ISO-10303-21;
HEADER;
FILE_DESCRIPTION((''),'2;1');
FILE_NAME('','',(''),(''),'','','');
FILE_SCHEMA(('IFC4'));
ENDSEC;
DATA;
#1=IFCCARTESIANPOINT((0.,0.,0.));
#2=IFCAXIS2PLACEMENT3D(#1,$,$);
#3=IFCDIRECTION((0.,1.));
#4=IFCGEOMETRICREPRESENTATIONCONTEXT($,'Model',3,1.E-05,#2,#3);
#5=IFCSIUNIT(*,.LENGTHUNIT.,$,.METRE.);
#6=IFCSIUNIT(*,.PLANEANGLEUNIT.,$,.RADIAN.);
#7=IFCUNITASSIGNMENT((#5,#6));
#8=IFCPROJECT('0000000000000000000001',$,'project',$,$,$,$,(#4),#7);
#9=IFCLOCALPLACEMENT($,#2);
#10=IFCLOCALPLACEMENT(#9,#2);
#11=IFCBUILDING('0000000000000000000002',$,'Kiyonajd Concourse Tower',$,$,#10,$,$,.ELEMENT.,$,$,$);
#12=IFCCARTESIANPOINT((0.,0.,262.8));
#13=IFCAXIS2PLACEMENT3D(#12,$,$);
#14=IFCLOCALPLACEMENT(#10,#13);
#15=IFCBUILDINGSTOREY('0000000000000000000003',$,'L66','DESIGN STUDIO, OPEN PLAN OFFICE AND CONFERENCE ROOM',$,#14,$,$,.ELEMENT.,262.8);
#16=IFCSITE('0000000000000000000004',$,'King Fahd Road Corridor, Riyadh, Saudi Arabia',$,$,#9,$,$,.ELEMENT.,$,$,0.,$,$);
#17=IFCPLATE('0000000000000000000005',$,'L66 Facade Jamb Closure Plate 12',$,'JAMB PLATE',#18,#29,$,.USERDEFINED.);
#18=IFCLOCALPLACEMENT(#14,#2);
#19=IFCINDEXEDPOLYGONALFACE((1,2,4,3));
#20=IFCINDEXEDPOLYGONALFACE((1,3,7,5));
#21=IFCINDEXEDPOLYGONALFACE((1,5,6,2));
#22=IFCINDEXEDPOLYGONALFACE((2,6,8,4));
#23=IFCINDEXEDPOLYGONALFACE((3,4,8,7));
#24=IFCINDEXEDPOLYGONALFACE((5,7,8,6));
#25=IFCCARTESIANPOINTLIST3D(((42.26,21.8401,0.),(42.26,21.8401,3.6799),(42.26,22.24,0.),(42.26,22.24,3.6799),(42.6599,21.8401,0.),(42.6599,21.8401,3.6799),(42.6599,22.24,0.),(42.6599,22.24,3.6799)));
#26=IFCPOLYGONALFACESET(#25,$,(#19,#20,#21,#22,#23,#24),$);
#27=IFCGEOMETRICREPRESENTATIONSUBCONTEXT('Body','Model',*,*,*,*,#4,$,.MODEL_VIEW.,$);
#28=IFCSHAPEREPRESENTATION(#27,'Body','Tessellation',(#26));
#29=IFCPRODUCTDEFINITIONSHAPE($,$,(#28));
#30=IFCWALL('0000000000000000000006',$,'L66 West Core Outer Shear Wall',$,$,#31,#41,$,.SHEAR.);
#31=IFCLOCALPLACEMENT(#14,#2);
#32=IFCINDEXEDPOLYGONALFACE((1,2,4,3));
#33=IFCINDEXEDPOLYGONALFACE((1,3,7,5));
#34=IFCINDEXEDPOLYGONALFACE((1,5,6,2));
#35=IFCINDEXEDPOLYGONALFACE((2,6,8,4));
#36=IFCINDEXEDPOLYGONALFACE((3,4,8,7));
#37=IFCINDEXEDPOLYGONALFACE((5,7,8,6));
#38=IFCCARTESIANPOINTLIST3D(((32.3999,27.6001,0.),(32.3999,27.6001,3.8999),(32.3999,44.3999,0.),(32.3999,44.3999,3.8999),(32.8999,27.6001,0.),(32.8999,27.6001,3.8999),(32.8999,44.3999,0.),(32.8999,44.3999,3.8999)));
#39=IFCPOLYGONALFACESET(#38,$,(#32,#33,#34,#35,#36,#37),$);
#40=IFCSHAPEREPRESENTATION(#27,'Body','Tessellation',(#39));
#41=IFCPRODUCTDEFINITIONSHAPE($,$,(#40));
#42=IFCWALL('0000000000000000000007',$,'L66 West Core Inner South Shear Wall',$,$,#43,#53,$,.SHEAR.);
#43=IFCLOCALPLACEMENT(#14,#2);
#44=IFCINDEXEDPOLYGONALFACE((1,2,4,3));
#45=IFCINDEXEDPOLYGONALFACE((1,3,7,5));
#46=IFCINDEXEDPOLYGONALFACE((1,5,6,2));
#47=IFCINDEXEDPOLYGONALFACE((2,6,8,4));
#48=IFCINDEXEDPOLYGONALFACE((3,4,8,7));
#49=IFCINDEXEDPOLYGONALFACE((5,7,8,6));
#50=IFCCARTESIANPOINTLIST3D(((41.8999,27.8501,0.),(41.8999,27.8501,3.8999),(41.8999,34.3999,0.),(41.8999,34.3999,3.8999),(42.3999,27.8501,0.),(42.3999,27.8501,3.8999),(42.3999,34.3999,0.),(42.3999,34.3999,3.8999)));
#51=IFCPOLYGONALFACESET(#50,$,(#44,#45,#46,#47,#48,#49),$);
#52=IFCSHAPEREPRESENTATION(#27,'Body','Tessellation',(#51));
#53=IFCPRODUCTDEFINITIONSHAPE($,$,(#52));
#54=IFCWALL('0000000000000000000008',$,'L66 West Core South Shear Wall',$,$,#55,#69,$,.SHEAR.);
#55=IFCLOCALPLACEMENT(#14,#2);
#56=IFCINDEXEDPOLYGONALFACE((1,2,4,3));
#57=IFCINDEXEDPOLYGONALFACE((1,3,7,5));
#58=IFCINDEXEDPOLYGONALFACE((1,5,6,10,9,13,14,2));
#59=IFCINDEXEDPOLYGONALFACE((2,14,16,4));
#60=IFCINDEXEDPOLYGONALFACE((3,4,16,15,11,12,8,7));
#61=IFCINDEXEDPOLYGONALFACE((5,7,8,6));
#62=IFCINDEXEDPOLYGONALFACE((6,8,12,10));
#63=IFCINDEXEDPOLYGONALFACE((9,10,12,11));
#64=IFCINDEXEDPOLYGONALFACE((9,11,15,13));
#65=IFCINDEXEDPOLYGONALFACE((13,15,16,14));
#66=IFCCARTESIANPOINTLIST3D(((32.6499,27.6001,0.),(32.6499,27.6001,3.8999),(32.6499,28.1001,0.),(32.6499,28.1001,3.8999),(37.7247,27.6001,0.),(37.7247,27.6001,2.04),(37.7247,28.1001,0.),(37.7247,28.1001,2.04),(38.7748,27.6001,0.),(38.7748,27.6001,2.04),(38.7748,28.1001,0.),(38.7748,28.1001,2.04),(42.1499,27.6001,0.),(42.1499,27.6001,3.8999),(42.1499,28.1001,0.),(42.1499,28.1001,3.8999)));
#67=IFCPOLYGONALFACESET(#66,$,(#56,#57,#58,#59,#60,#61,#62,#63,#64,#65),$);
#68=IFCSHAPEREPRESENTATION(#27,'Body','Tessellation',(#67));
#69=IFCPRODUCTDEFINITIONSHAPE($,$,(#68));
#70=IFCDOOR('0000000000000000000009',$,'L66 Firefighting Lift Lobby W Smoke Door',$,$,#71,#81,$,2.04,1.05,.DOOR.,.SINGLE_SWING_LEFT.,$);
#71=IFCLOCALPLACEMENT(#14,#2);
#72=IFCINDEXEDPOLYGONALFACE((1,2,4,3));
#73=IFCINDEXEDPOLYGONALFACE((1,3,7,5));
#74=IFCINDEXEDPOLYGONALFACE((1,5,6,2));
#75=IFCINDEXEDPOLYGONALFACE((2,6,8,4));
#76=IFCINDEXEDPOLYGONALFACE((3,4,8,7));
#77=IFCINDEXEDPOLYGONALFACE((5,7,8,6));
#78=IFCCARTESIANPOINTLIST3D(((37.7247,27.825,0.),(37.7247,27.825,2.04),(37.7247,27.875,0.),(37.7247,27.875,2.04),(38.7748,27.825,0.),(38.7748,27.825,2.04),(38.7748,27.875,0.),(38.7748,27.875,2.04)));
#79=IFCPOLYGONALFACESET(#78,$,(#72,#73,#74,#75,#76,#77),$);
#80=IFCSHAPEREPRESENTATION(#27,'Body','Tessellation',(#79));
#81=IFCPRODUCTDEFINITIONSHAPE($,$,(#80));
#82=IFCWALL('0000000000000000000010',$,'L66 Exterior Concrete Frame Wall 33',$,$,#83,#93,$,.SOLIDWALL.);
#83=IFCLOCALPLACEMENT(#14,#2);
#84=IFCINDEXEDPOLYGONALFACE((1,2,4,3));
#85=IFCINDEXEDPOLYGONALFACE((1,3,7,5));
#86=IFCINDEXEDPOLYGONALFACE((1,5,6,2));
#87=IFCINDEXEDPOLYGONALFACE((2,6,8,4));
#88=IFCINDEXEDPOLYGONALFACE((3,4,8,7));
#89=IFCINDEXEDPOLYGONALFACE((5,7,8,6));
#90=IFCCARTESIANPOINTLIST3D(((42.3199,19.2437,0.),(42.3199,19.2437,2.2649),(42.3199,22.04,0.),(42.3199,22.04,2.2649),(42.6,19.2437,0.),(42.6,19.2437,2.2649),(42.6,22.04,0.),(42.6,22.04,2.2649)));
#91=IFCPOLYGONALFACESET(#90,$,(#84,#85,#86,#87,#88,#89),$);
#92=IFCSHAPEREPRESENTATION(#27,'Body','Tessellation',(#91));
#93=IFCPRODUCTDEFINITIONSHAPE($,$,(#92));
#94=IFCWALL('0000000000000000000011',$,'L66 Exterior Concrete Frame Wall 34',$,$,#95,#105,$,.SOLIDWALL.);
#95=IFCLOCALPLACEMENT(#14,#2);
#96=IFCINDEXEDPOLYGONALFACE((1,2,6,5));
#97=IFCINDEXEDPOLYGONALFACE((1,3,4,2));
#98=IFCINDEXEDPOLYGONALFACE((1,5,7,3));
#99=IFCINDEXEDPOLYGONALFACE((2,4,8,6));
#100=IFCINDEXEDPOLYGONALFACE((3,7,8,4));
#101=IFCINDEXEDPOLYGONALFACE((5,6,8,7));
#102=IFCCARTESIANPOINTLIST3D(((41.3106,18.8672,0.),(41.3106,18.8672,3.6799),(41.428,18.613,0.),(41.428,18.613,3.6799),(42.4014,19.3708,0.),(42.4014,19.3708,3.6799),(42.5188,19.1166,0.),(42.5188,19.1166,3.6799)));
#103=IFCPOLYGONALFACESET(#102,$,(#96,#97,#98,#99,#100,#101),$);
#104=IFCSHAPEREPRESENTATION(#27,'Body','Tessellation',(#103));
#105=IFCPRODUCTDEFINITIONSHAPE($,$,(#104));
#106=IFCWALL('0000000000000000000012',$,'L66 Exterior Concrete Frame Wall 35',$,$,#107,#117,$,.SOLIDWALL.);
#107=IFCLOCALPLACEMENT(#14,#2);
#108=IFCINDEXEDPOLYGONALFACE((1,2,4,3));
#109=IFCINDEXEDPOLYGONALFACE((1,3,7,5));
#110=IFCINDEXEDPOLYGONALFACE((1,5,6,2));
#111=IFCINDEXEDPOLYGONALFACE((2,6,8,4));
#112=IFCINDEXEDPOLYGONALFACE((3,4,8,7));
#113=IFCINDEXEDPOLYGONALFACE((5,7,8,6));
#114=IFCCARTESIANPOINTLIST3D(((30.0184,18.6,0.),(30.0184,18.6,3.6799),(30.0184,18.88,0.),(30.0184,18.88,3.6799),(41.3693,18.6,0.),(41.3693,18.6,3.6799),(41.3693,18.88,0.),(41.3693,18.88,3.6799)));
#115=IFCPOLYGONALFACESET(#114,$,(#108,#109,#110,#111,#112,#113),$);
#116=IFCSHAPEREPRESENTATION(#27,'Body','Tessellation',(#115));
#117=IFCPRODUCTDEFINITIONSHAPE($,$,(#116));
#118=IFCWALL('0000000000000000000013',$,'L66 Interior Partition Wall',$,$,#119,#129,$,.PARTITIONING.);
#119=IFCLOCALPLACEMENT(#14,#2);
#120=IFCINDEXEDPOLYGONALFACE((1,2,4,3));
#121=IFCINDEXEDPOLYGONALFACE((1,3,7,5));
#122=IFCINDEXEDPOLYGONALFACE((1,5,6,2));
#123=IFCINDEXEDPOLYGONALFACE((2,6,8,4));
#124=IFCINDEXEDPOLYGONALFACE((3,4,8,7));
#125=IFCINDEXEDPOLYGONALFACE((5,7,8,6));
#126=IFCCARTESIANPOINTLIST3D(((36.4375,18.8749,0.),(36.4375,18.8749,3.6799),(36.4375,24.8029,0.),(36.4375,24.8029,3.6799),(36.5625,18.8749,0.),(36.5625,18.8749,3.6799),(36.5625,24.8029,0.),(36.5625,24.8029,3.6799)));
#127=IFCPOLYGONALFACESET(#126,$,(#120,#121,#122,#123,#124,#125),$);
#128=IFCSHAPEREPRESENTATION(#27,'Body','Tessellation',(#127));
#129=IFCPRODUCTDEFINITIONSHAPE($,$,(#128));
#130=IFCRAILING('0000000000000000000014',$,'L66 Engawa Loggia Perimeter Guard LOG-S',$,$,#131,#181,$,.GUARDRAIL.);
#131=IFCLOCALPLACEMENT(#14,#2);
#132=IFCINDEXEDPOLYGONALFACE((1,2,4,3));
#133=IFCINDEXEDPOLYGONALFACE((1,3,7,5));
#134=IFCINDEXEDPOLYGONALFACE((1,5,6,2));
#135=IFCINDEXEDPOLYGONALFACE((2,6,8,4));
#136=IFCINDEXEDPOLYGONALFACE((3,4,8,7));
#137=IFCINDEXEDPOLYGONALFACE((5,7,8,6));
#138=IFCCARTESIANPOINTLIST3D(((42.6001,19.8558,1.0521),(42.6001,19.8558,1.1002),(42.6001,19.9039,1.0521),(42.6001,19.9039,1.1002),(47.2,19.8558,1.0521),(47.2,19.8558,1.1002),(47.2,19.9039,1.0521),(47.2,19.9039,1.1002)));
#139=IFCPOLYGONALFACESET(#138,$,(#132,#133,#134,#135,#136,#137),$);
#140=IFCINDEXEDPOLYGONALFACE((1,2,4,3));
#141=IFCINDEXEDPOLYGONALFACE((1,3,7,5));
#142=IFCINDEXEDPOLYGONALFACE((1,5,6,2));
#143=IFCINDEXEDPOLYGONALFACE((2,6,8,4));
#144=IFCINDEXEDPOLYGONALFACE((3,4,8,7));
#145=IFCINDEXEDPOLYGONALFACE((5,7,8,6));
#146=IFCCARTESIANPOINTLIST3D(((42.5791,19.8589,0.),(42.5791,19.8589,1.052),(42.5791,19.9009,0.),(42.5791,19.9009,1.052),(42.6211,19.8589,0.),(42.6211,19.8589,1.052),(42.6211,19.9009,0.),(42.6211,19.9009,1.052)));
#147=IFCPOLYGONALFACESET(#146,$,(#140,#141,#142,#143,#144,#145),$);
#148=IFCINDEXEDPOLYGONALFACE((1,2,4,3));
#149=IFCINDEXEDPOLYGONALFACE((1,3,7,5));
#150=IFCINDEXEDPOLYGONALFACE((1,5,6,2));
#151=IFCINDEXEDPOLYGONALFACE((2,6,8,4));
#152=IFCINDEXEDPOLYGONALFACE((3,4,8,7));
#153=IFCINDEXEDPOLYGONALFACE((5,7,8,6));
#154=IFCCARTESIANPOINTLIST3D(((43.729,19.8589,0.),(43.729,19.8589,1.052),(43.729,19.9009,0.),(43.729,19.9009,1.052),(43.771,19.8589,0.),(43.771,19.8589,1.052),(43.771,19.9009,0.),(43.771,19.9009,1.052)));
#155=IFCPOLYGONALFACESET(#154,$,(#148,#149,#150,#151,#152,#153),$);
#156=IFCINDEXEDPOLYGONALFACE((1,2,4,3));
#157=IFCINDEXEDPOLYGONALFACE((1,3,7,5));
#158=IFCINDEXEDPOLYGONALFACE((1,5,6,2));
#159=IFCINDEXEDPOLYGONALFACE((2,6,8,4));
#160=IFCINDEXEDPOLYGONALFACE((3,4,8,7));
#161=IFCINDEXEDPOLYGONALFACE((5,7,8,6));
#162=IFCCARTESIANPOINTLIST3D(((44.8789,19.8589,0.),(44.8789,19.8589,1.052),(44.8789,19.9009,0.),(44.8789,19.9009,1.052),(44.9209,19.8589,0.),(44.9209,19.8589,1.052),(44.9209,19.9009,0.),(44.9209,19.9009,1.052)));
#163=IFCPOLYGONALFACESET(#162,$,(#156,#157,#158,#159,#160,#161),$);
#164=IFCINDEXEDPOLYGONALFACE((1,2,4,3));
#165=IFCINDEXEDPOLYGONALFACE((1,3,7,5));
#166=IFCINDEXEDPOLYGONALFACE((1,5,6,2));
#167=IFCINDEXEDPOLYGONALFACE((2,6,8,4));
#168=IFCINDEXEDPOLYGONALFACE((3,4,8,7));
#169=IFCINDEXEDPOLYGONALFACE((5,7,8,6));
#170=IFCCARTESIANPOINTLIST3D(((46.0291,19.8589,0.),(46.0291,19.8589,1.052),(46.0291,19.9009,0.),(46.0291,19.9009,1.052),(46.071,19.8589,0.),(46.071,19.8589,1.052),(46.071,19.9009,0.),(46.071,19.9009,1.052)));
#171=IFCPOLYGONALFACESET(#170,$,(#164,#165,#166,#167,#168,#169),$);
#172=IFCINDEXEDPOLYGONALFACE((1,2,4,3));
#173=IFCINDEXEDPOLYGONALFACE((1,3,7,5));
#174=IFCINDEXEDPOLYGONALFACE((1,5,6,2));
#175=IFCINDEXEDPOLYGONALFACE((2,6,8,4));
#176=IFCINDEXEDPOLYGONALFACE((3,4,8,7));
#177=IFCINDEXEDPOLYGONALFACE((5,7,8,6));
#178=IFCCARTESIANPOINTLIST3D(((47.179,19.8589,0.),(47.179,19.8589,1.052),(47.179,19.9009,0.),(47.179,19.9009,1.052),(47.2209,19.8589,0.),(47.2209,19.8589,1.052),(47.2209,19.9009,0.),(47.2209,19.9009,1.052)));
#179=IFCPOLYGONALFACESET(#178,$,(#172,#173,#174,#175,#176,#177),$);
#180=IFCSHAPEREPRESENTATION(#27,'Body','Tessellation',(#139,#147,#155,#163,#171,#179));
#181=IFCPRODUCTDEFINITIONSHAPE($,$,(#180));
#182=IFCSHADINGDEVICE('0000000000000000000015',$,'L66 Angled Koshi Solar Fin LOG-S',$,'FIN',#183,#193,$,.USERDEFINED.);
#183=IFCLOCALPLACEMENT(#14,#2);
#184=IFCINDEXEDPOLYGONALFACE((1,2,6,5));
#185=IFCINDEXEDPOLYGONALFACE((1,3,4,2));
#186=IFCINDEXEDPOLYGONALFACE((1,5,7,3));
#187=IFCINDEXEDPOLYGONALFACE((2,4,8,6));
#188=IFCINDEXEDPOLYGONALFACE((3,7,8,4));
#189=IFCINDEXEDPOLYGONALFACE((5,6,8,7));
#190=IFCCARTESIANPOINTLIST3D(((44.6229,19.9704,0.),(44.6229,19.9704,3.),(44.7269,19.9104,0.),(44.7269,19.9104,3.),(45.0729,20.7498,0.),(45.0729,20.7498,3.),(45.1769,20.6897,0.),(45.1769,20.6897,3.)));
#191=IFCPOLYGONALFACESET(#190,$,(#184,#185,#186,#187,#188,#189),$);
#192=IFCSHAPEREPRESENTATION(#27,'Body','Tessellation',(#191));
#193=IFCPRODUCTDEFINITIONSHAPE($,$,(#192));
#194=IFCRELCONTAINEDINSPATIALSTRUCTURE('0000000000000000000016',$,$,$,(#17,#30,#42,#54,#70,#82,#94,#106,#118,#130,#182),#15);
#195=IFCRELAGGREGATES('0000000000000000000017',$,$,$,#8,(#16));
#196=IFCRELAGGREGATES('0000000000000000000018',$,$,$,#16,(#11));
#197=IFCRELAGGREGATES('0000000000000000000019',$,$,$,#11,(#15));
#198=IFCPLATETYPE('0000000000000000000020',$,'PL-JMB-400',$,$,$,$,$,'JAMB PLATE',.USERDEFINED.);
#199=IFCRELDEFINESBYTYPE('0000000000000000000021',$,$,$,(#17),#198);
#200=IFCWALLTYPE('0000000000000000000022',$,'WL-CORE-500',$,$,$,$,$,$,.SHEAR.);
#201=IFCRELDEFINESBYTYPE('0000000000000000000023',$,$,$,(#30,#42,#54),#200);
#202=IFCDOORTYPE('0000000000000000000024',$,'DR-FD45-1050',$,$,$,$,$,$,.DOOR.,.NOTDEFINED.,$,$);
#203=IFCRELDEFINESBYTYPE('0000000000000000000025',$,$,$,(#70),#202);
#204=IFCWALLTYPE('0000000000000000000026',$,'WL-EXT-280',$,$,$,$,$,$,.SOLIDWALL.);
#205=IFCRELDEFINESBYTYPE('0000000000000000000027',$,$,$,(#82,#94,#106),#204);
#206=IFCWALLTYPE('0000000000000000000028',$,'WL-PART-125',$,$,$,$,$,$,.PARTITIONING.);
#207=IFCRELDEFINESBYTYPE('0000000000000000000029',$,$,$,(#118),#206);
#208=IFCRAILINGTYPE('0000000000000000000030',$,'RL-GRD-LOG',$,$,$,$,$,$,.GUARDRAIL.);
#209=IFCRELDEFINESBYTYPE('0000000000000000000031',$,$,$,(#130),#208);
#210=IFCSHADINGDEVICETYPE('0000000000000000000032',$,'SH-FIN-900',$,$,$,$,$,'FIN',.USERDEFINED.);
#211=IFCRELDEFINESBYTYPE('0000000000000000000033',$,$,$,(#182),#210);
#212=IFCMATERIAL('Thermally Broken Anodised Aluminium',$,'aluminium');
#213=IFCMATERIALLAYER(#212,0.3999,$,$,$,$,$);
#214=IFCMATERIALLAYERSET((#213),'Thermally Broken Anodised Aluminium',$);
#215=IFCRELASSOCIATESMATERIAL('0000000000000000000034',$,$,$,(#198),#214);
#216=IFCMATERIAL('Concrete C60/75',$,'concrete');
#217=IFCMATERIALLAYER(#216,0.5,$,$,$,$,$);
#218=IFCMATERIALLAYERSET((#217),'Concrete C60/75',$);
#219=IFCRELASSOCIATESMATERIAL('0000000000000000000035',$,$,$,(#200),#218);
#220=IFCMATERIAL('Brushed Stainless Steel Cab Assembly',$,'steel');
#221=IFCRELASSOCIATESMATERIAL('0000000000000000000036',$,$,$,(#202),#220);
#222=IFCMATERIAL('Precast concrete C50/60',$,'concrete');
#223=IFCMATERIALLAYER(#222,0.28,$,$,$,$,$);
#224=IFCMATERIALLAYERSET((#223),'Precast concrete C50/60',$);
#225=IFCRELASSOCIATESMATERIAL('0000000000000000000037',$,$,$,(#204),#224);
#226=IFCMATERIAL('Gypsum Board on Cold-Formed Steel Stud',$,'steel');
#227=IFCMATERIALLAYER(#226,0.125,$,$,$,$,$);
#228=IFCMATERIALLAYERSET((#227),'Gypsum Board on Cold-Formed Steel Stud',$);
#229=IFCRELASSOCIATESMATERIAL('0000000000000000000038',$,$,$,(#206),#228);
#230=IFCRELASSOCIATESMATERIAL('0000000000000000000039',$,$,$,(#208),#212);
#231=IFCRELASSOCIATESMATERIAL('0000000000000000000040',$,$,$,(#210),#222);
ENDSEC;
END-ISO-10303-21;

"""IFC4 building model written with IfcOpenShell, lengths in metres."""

from ifc_helpers import new_model, si_unit, direction, frame, frame_2d, origin, origin_2d, place, context, subcontext, project, spatial, rectangle, extrude, material, layer, layer_set, type_object, element, fill, save


model = new_model("IFC4")

# Units and contexts
model_context = context("Model", 3, precision=1e-05, world=origin(), true_north=direction((0.0, 1.0)))
body_context = subcontext(model_context, "Body", "Model", "MODEL_VIEW")
ifc_project = project(units=[si_unit("LENGTHUNIT", "METRE"), si_unit("PLANEANGLEUNIT", "RADIAN")], contexts=[model_context])

# Site, building, storey
site_placement = place(None, origin())
site = spatial("IfcSite", under=ifc_project, at=site_placement, Name="King Fahd Road Corridor, Riyadh, Saudi Arabia", CompositionType="ELEMENT", RefElevation=0.0)
building_placement = place(site_placement, origin())
building = spatial("IfcBuilding", under=site, at=building_placement, Name="Kiyonajd Concourse Tower", CompositionType="ELEMENT")
storey_placement = place(building_placement, frame((0.0, 0.0, 262.8)))
storey = spatial("IfcBuildingStorey", under=building, at=storey_placement, Name="L66", Description="DESIGN STUDIO, OPEN PLAN OFFICE AND CONFERENCE ROOM", CompositionType="ELEMENT", Elevation=262.8)

# Shared definitions
ifc_material_1 = material(Name="Concrete C60/75", Category="concrete")

# Plate
ifc_material_2 = material(Name="Thermally Broken Anodised Aluminium", Category="aluminium")
ifc_layer_1 = layer(ifc_material_2, 0.3999)
ifc_layer_set_1 = layer_set([ifc_layer_1], Name="Thermally Broken Anodised Aluminium")
plate_type_1 = type_object("IfcPlateType", Name="PL-JMB-400", ElementType="JAMB PLATE", PredefinedType="USERDEFINED", material=ifc_layer_set_1)
plate_1_placement = place(storey_placement, frame((42.46, 22.04, 0.0), z_axis=(0.0, 0.0, 1.0), x_axis=(1.0, 0.0, 0.0)))
element("IfcPlate", 1, at=plate_1_placement, inside=storey, type_object=plate_type_1, Name="L66 Facade Jamb Closure Plate 12", ObjectType="JAMB PLATE", PredefinedType="USERDEFINED", context=body_context, shape_type="SweptSolid", body=[
    extrude(rectangle(XDim=0.3999, YDim=0.3999, at=origin_2d()), origin(), (0.0, 0.0, 1.0), 3.6799),
])

# Walls
ifc_layer_2 = layer(ifc_material_1, 0.5)
ifc_layer_set_2 = layer_set([ifc_layer_2], Name="Concrete C60/75")
wall_type_1 = type_object("IfcWallType", Name="WL-CORE-500", PredefinedType="SHEAR", material=ifc_layer_set_2)
wall_1_placement = place(storey_placement, frame((32.6499, 27.6001, 0.0), z_axis=(0.0, 0.0, 1.0), x_axis=(0.0, 1.0, 0.0)))
element("IfcWall", 2, at=wall_1_placement, inside=storey, type_object=wall_type_1, Name="L66 West Core Outer Shear Wall", PredefinedType="SHEAR", context=body_context, shape_type="SweptSolid", body=[
    extrude(rectangle(XDim=16.7998, YDim=0.5, at=frame_2d((8.3999, 0.0))), origin(), (0.0, 0.0, 1.0), 3.8999),
])
wall_2_placement = place(storey_placement, frame((42.1499, 27.8501, 0.0), z_axis=(0.0, 0.0, 1.0), x_axis=(0.0, 1.0, 0.0)))
element("IfcWall", 3, at=wall_2_placement, inside=storey, type_object=wall_type_1, Name="L66 West Core Inner South Shear Wall", PredefinedType="SHEAR", context=body_context, shape_type="SweptSolid", body=[
    extrude(rectangle(XDim=6.5498, YDim=0.5, at=frame_2d((3.2749, 0.0))), origin(), (0.0, 0.0, 1.0), 3.8999),
])

# Wall, opening, door
wall_3_placement = place(storey_placement, frame((32.6499, 27.8501, 0.0), z_axis=(0.0, 0.0, 1.0), x_axis=(1.0, 0.0, 0.0)))
wall_3 = element("IfcWall", 4, at=wall_3_placement, inside=storey, type_object=wall_type_1, Name="L66 West Core South Shear Wall", PredefinedType="SHEAR", context=body_context, shape_type="SweptSolid", body=[
    extrude(rectangle(XDim=9.5, YDim=0.5, at=frame_2d((4.75, 0.0))), origin(), (0.0, 0.0, 1.0), 3.8999),
])
opening_placement = place(wall_3_placement, frame((5.075, 0.0, 0.0)))
opening = element("IfcOpeningElement", 5, at=opening_placement, cuts=wall_3, PredefinedType="OPENING", context=body_context, shape_type="SweptSolid", body=[
    extrude(rectangle(XDim=1.05, YDim=2.04, at=frame_2d((0.5249, 1.02))), frame((0.0, 0.26, 0.0), z_axis=(0.0, -1.0, 0.0), x_axis=(1.0, 0.0, 0.0)), (0.0, 0.0, 1.0), 0.52),
])
ifc_material_3 = material(Name="Brushed Stainless Steel Cab Assembly", Category="steel")
door_type = type_object("IfcDoorType", Name="DR-FD45-1050", OperationType="NOTDEFINED", PredefinedType="DOOR", material=ifc_material_3)
door_placement = place(opening_placement, origin())
door = element("IfcDoor", 6, at=door_placement, inside=storey, type_object=door_type, Name="L66 Firefighting Lift Lobby W Smoke Door", OperationType="SINGLE_SWING_LEFT", OverallHeight=2.04, OverallWidth=1.05, PredefinedType="DOOR", context=body_context, shape_type="SweptSolid", body=[
    extrude(rectangle(XDim=1.05, YDim=2.04, at=frame_2d((0.5249, 1.02))), frame((0.0, 0.0249, 0.0), z_axis=(0.0, -1.0, 0.0), x_axis=(1.0, 0.0, 0.0)), (0.0, 0.0, 1.0), 0.05),
])
fill(opening, door)

# Walls
ifc_material_4 = material(Name="Precast concrete C50/60", Category="concrete")
ifc_layer_3 = layer(ifc_material_4, 0.28)
ifc_layer_set_3 = layer_set([ifc_layer_3], Name="Precast concrete C50/60")
wall_type_2 = type_object("IfcWallType", Name="WL-EXT-280", PredefinedType="SOLIDWALL", material=ifc_layer_set_3)
wall_4_placement = place(storey_placement, frame((42.46, 22.04, 0.0), z_axis=(0.0, 0.0, 1.0), x_axis=(0.0, -1.0, 0.0)))
element("IfcWall", 7, at=wall_4_placement, inside=storey, type_object=wall_type_2, Name="L66 Exterior Concrete Frame Wall 33", PredefinedType="SOLIDWALL", context=body_context, shape_type="SweptSolid", body=[
    extrude(rectangle(XDim=2.7964, YDim=0.28, at=frame_2d((1.3982, 0.0))), origin(), (0.0, 0.0, 1.0), 2.2649),
])
wall_5_placement = place(storey_placement, frame((42.46, 19.2437, 0.0), z_axis=(0.0, 0.0, 1.0), x_axis=(-0.907894, -0.4192, 0.0)))
element("IfcWall", 8, at=wall_5_placement, inside=storey, type_object=wall_type_2, Name="L66 Exterior Concrete Frame Wall 34", PredefinedType="SOLIDWALL", context=body_context, shape_type="SweptSolid", body=[
    extrude(rectangle(XDim=1.2014, YDim=0.28, at=frame_2d((0.6006, 0.0))), origin(), (0.0, 0.0, 1.0), 3.6799),
])
wall_6_placement = place(storey_placement, frame((41.3691, 18.74, 0.0), z_axis=(0.0, 0.0, 1.0), x_axis=(-1.0, 0.0, 0.0)))
element("IfcWall", 9, at=wall_6_placement, inside=storey, type_object=wall_type_2, Name="L66 Exterior Concrete Frame Wall 35", PredefinedType="SOLIDWALL", context=body_context, shape_type="SweptSolid", body=[
    extrude(rectangle(XDim=11.3508, YDim=0.28, at=frame_2d((5.6753, 0.0))), origin(), (0.0, 0.0, 1.0), 3.6799),
])
ifc_material_5 = material(Name="Gypsum Board on Cold-Formed Steel Stud", Category="steel")
ifc_layer_4 = layer(ifc_material_5, 0.125)
ifc_layer_set_4 = layer_set([ifc_layer_4], Name="Gypsum Board on Cold-Formed Steel Stud")
wall_type_3 = type_object("IfcWallType", Name="WL-PART-125", PredefinedType="PARTITIONING", material=ifc_layer_set_4)
wall_7_placement = place(storey_placement, frame((36.5, 18.875, 0.0), z_axis=(0.0, 0.0, 1.0), x_axis=(0.0, 1.0, 0.0)))
element("IfcWall", 10, at=wall_7_placement, inside=storey, type_object=wall_type_3, Name="L66 Interior Partition Wall", PredefinedType="PARTITIONING", context=body_context, shape_type="SweptSolid", body=[
    extrude(rectangle(XDim=5.928, YDim=0.125, at=frame_2d((2.9639, 0.0))), origin(), (0.0, 0.0, 1.0), 3.6799),
])

# Railing
railing_type = type_object("IfcRailingType", Name="RL-GRD-LOG", PredefinedType="GUARDRAIL", material=ifc_material_2)
railing_placement = place(storey_placement, frame((42.6001, 19.8799, 0.0)))
element("IfcRailing", 11, at=railing_placement, inside=storey, type_object=railing_type, Name="L66 Engawa Loggia Perimeter Guard LOG-S", PredefinedType="GUARDRAIL", context=body_context, shape_type="SweptSolid", body=[
    extrude(rectangle(XDim=0.0481, YDim=0.0481, at=origin_2d()), frame((0.0, 0.0, 1.0762), z_axis=(1.0, 0.0, 0.0), x_axis=(0.0, 1.0, 0.0)), (0.0, 0.0, 1.0), 4.5999),
    extrude(rectangle(XDim=0.042, YDim=0.042, at=origin_2d()), origin(), (0.0, 0.0, 1.0), 1.052),
    extrude(rectangle(XDim=0.042, YDim=0.042, at=origin_2d()), frame((1.1499, 0.0, 0.0)), (0.0, 0.0, 1.0), 1.052),
    extrude(rectangle(XDim=0.042, YDim=0.042, at=origin_2d()), frame((2.2998, 0.0, 0.0)), (0.0, 0.0, 1.0), 1.052),
    extrude(rectangle(XDim=0.042, YDim=0.042, at=origin_2d()), frame((3.45, 0.0, 0.0)), (0.0, 0.0, 1.0), 1.052),
    extrude(rectangle(XDim=0.042, YDim=0.042, at=origin_2d()), frame((4.5999, 0.0, 0.0)), (0.0, 0.0, 1.0), 1.052),
])

# Shading device
shading_device_type_1 = type_object("IfcShadingDeviceType", Name="SH-FIN-900", ElementType="FIN", PredefinedType="USERDEFINED", material=ifc_material_4)
shading_device_1_placement = place(storey_placement, frame((44.8999, 20.3301, 0.0), z_axis=(0.0, 0.0, 1.0), x_axis=(0.5, 0.866025, 0.0)))
element("IfcShadingDevice", 12, at=shading_device_1_placement, inside=storey, type_object=shading_device_type_1, Name="L66 Angled Koshi Solar Fin LOG-S", ObjectType="FIN", PredefinedType="USERDEFINED", context=body_context, shape_type="SweptSolid", body=[
    extrude(rectangle(XDim=0.8999, YDim=0.1201, at=origin_2d()), origin(), (0.0, 0.0, 1.0), 3.0),
])

save(model, "model.ifc")
